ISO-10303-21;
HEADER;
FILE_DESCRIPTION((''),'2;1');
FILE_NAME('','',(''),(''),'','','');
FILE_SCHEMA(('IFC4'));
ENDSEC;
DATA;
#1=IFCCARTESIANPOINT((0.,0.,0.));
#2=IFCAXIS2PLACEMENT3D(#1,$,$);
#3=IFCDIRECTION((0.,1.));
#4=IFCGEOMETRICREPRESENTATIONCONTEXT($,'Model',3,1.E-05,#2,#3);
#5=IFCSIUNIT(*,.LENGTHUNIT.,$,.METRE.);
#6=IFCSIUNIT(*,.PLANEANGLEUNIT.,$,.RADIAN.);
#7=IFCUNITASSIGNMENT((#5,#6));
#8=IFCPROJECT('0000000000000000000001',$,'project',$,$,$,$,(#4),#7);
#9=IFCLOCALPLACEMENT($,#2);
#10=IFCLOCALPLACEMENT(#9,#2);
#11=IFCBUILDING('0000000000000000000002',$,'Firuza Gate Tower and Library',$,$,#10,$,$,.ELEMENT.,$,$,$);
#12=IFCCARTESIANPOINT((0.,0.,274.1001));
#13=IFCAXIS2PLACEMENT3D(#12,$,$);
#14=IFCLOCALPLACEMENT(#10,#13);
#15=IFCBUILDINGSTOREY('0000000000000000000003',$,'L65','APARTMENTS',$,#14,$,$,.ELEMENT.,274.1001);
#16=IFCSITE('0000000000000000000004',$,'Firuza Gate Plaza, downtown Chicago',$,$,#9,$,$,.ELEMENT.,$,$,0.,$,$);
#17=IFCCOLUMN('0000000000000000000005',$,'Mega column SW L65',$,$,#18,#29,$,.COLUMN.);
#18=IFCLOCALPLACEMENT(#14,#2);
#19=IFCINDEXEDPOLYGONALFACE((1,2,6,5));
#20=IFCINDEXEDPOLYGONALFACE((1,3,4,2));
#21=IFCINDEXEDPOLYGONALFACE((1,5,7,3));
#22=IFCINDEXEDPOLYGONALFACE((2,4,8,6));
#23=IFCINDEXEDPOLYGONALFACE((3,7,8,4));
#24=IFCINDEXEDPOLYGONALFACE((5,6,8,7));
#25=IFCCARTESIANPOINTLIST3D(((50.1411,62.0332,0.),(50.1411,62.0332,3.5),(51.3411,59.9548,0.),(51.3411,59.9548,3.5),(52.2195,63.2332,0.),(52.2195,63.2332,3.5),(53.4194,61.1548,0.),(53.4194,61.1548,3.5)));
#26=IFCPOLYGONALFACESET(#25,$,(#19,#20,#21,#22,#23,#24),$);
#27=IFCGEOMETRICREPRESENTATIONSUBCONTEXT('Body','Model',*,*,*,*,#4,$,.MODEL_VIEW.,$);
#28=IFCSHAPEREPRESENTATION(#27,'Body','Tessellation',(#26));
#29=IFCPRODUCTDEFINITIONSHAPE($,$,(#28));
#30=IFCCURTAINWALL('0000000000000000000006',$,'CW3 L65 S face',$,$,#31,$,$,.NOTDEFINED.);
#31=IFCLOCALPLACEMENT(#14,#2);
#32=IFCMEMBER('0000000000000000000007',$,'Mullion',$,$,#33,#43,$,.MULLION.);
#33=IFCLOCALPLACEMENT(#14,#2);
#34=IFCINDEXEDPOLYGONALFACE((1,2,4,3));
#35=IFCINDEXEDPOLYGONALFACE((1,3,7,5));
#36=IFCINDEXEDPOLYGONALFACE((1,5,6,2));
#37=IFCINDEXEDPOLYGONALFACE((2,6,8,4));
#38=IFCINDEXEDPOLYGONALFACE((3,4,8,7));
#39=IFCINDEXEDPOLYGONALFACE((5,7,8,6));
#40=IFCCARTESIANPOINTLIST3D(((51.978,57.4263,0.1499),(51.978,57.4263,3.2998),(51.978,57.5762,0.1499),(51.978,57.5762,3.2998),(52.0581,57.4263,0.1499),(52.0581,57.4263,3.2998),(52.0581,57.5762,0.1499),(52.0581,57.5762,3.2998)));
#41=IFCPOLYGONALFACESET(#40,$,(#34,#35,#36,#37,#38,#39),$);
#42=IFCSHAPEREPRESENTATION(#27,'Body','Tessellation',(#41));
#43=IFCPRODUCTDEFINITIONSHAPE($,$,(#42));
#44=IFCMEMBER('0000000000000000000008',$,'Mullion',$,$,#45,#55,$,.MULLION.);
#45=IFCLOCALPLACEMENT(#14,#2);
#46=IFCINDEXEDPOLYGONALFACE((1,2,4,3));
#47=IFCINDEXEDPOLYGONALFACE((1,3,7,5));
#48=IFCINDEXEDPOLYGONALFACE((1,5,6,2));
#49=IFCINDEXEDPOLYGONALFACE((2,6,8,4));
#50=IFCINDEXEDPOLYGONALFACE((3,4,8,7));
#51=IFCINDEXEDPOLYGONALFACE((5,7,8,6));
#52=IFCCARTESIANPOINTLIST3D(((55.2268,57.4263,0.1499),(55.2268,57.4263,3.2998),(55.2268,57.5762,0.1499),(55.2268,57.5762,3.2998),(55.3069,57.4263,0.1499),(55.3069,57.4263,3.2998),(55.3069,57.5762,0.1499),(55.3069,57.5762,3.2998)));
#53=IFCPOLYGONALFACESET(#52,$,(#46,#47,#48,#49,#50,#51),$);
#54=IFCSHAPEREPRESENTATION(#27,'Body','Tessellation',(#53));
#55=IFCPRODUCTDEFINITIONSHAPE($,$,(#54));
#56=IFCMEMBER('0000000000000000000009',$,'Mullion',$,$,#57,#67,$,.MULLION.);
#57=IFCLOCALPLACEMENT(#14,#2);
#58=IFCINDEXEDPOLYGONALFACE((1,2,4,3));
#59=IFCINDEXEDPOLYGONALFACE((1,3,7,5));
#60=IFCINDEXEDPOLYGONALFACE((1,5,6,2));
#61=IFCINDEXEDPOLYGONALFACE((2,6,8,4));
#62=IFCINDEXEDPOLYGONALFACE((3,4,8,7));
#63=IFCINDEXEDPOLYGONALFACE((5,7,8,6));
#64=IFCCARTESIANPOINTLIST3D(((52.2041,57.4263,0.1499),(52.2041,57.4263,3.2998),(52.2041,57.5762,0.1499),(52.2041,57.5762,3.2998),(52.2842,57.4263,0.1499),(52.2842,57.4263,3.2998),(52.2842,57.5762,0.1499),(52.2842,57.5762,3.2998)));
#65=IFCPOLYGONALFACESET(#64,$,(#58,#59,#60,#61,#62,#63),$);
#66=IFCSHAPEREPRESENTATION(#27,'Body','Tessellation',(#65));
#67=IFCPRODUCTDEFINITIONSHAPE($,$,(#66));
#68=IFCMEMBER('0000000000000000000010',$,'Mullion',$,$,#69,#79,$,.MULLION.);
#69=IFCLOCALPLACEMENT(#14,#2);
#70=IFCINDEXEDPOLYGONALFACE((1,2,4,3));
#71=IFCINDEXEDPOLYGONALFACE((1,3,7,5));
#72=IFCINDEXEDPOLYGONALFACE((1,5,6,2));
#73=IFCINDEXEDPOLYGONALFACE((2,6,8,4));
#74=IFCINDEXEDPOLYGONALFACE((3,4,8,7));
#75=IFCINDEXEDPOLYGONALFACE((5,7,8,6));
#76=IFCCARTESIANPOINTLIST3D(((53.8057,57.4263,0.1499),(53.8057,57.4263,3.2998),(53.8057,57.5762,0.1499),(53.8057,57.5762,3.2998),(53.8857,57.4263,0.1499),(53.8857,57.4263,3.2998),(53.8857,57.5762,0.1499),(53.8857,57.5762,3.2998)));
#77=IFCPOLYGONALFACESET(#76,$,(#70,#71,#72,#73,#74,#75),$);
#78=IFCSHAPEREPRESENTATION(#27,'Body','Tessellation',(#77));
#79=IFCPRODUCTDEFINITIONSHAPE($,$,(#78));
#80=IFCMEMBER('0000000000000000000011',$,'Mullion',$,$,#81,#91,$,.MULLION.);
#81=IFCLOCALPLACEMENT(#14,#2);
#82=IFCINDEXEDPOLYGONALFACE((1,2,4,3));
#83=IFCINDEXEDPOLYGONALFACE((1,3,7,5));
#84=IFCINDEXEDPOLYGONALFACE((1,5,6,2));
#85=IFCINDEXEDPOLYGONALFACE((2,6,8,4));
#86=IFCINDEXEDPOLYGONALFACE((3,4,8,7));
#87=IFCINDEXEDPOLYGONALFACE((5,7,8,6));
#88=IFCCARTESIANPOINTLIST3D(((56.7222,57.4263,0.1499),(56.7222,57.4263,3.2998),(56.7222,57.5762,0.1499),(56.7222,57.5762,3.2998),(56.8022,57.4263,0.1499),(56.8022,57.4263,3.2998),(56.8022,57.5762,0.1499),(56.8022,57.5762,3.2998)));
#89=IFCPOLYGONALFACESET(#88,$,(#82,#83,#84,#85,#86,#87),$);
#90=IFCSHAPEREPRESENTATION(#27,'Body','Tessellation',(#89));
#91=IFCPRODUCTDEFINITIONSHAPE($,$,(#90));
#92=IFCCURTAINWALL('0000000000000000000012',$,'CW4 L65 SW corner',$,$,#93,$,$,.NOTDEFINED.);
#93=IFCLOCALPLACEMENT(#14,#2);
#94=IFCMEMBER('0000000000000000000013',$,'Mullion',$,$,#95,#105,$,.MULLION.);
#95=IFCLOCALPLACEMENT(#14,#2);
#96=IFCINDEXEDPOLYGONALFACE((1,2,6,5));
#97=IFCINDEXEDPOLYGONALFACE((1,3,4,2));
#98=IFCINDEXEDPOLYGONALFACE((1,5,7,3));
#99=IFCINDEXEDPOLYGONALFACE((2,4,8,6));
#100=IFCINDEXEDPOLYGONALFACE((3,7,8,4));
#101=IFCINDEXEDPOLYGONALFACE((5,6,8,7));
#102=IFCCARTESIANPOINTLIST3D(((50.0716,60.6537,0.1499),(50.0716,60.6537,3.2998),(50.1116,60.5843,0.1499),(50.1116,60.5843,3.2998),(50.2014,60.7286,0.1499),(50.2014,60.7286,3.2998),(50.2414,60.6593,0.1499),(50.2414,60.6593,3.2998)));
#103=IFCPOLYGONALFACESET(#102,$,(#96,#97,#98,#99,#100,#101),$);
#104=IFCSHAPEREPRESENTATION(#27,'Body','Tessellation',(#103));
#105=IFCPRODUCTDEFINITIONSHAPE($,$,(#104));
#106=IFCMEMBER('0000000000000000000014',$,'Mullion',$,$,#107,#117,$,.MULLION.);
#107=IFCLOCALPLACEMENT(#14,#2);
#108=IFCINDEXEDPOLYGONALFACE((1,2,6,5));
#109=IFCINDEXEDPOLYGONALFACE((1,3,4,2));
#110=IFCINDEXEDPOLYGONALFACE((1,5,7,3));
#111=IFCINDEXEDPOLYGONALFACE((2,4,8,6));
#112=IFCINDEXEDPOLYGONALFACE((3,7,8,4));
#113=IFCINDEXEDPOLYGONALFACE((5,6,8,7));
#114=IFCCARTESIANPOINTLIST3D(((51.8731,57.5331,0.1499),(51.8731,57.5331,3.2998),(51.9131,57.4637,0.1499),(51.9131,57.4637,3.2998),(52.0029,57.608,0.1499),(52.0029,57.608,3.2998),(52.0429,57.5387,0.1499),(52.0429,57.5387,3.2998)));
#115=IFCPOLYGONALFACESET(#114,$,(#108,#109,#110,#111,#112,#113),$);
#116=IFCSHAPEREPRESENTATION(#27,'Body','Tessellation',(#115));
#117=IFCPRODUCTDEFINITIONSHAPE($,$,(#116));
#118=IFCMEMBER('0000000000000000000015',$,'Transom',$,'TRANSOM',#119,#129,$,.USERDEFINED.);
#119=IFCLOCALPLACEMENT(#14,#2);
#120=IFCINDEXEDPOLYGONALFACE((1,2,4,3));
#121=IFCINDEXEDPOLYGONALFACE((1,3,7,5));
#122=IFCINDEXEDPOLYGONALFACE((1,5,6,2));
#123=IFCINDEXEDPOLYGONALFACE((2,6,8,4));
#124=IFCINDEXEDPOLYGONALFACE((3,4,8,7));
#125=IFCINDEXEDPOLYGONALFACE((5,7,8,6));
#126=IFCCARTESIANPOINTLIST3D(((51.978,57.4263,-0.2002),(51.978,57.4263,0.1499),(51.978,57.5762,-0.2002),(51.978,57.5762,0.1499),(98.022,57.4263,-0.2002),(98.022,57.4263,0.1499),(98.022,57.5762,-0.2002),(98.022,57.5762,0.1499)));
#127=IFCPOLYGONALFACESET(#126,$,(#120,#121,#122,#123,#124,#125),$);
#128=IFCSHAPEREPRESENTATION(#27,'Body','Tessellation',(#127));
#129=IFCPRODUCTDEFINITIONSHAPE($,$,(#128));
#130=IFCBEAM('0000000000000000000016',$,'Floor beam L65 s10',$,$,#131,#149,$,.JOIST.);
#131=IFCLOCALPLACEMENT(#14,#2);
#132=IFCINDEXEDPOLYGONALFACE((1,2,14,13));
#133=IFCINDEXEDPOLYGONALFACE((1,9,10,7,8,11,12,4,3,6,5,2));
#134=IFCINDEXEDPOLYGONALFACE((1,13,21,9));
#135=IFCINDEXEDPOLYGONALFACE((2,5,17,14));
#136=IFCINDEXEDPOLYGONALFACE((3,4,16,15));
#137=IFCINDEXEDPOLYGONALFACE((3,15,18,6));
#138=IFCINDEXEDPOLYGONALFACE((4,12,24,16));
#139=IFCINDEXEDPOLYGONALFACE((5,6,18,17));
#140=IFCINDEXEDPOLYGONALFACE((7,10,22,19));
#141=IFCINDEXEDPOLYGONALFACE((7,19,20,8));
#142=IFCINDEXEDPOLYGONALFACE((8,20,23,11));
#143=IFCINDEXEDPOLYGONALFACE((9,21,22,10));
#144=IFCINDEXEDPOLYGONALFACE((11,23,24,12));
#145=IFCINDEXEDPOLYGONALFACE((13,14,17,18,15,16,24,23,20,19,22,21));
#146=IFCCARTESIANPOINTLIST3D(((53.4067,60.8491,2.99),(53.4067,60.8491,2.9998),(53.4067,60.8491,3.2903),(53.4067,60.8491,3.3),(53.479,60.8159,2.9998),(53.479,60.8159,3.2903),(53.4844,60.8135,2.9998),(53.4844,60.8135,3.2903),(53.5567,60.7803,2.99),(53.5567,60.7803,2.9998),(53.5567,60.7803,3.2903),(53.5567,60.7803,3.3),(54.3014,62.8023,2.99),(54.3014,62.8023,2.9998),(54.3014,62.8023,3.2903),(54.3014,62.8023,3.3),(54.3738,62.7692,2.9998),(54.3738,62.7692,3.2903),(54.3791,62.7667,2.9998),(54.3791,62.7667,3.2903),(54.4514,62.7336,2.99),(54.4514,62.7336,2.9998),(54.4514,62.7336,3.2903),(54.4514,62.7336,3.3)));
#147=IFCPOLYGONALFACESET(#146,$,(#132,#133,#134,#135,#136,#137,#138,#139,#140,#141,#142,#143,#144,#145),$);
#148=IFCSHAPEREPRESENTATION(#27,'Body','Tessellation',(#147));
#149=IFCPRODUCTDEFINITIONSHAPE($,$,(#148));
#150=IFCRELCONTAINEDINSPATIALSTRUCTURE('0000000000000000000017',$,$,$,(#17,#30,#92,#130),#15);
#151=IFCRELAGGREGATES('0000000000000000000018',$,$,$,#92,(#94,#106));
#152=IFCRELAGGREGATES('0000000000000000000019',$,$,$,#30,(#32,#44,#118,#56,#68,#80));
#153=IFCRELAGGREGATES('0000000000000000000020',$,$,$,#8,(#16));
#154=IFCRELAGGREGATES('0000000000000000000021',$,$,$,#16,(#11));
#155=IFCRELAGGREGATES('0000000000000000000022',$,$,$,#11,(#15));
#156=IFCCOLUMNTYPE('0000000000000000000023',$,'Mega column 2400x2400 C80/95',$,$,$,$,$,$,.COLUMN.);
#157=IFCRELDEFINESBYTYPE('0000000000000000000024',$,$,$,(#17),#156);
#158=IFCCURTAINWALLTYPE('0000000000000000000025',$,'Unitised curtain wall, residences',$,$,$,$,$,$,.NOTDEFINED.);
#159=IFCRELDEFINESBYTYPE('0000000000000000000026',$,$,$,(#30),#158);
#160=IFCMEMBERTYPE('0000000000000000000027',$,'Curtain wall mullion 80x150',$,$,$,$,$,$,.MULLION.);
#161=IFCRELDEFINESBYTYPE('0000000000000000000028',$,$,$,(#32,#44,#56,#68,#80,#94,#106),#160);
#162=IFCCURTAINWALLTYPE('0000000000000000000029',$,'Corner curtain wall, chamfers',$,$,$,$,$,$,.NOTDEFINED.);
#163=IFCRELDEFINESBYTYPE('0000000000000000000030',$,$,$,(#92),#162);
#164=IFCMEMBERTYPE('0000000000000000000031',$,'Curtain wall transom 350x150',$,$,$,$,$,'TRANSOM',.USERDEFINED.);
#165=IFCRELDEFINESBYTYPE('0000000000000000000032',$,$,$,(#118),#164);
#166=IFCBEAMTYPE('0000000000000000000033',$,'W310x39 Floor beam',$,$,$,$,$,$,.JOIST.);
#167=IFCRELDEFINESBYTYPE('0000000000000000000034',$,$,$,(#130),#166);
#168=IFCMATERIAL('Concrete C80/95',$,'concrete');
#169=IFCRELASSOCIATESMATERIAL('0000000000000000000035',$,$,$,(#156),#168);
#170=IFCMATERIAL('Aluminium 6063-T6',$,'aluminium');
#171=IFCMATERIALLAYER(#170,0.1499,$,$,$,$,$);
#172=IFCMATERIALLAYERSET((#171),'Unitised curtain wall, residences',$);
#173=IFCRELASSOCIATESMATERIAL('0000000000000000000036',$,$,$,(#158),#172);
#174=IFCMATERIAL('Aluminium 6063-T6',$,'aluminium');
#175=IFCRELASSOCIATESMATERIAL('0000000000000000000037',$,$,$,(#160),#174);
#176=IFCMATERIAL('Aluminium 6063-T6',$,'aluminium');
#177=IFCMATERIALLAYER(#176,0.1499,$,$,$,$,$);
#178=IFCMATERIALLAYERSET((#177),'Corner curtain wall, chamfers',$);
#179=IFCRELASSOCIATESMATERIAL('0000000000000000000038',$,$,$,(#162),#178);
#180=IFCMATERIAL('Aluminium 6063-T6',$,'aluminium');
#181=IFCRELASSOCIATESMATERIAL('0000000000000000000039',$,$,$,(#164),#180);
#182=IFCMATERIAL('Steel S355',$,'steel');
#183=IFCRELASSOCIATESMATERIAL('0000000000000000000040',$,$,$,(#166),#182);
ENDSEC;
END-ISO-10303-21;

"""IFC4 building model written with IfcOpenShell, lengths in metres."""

from ifc_helpers import new_model, si_unit, direction, frame, origin, origin_2d, place, context, subcontext, project, spatial, rectangle, i_section, extrude, material, layer, layer_set, material_profile, profile_set, type_object, element, aggregate, save


model = new_model("IFC4")

# Units and contexts
model_context = context("Model", 3, precision=1e-05, world=origin(), true_north=direction((0.0, 1.0)))
body_context = subcontext(model_context, "Body", "Model", "MODEL_VIEW")
ifc_project = project(units=[si_unit("LENGTHUNIT", "METRE"), si_unit("PLANEANGLEUNIT", "RADIAN")], contexts=[model_context])

# Site, building, storey
site_placement = place(None, origin())
site = spatial("IfcSite", under=ifc_project, at=site_placement, Name="Firuza Gate Plaza, downtown Chicago", CompositionType="ELEMENT", RefElevation=0.0)
building_placement = place(site_placement, origin())
building = spatial("IfcBuilding", under=site, at=building_placement, Name="Firuza Gate Tower and Library", CompositionType="ELEMENT")
storey_placement = place(building_placement, frame((0.0, 0.0, 274.1001)))
storey = spatial("IfcBuildingStorey", under=building, at=storey_placement, Name="L65", Description="APARTMENTS", CompositionType="ELEMENT", Elevation=274.1001)

# Column
ifc_material_1 = material(Name="Concrete C80/95", Category="concrete")
ifc_material_profile_1 = material_profile(ifc_material_1, rectangle(XDim=2.3999, YDim=2.3999, at=origin_2d()))
ifc_profile_set_1 = profile_set([ifc_material_profile_1], Name="Concrete C80/95")
column_type = type_object("IfcColumnType", Name="Mega column 2400x2400 C80/95", PredefinedType="COLUMN", material=ifc_profile_set_1)
column_placement = place(storey_placement, frame((51.7803, 61.594, 0.0), z_axis=(0.0, 0.0, 1.0), x_axis=(0.5, -0.866025, 0.0)))
element("IfcColumn", 1, at=column_placement, inside=storey, type_object=column_type, Name="Mega column SW L65", PredefinedType="COLUMN", context=body_context, shape_type="SweptSolid", body=[
    extrude(rectangle(XDim=2.3999, YDim=2.3999, at=origin_2d()), origin(), (0.0, 0.0, 1.0), 3.5),
])

# Curtain walls, members
ifc_material_2 = material(Name="Aluminium 6063-T6", Category="aluminium")
ifc_layer_1 = layer(ifc_material_2, 0.1499)
ifc_layer_set_1 = layer_set([ifc_layer_1], Name="Unitised curtain wall, residences")
curtain_wall_type_1 = type_object("IfcCurtainWallType", Name="Unitised curtain wall, residences", PredefinedType="NOTDEFINED", material=ifc_layer_set_1)
placement_1 = place(storey_placement, origin())
curtain_wall_1 = element("IfcCurtainWall", 2, at=placement_1, inside=storey, type_object=curtain_wall_type_1, Name="CW3 L65 S face", PredefinedType="NOTDEFINED")
ifc_material_3 = material(Name="Aluminium 6063-T6", Category="aluminium")
ifc_material_profile_2 = material_profile(ifc_material_3, rectangle(XDim=0.1499, YDim=0.0801, at=origin_2d()))
ifc_profile_set_2 = profile_set([ifc_material_profile_2], Name="Aluminium 6063-T6")
member_type_1 = type_object("IfcMemberType", Name="Curtain wall mullion 80x150", PredefinedType="MULLION", material=ifc_profile_set_2)
member_1_placement = place(storey_placement, frame((52.0181, 57.5012, 0.1499), z_axis=(0.0, 0.0, 1.0), x_axis=(0.0, 1.0, 0.0)))
member_1 = element("IfcMember", 3, at=member_1_placement, type_object=member_type_1, Name="Mullion", PredefinedType="MULLION", context=body_context, shape_type="SweptSolid", body=[
    extrude(rectangle(XDim=0.1499, YDim=0.0801, at=origin_2d()), origin(), (0.0, 0.0, 1.0), 3.1499),
])
member_2_placement = place(storey_placement, frame((55.2668, 57.5012, 0.1499), z_axis=(0.0, 0.0, 1.0), x_axis=(0.0, 1.0, 0.0)))
member_2 = element("IfcMember", 4, at=member_2_placement, type_object=member_type_1, Name="Mullion", PredefinedType="MULLION", context=body_context, shape_type="SweptSolid", body=[
    extrude(rectangle(XDim=0.1499, YDim=0.0801, at=origin_2d()), origin(), (0.0, 0.0, 1.0), 3.1499),
])
member_3_placement = place(storey_placement, frame((52.2441, 57.5012, 0.1499), z_axis=(0.0, 0.0, 1.0), x_axis=(0.0, 1.0, 0.0)))
member_3 = element("IfcMember", 5, at=member_3_placement, type_object=member_type_1, Name="Mullion", PredefinedType="MULLION", context=body_context, shape_type="SweptSolid", body=[
    extrude(rectangle(XDim=0.1499, YDim=0.0801, at=origin_2d()), origin(), (0.0, 0.0, 1.0), 3.1499),
])
member_4_placement = place(storey_placement, frame((53.8457, 57.5012, 0.1499), z_axis=(0.0, 0.0, 1.0), x_axis=(0.0, 1.0, 0.0)))
member_4 = element("IfcMember", 6, at=member_4_placement, type_object=member_type_1, Name="Mullion", PredefinedType="MULLION", context=body_context, shape_type="SweptSolid", body=[
    extrude(rectangle(XDim=0.1499, YDim=0.0801, at=origin_2d()), origin(), (0.0, 0.0, 1.0), 3.1499),
])
member_5_placement = place(storey_placement, frame((56.7622, 57.5012, 0.1499), z_axis=(0.0, 0.0, 1.0), x_axis=(0.0, 1.0, 0.0)))
member_5 = element("IfcMember", 7, at=member_5_placement, type_object=member_type_1, Name="Mullion", PredefinedType="MULLION", context=body_context, shape_type="SweptSolid", body=[
    extrude(rectangle(XDim=0.1499, YDim=0.0801, at=origin_2d()), origin(), (0.0, 0.0, 1.0), 3.1499),
])
ifc_material_4 = material(Name="Aluminium 6063-T6", Category="aluminium")
ifc_layer_2 = layer(ifc_material_4, 0.1499)
ifc_layer_set_2 = layer_set([ifc_layer_2], Name="Corner curtain wall, chamfers")
curtain_wall_type_2 = type_object("IfcCurtainWallType", Name="Corner curtain wall, chamfers", PredefinedType="NOTDEFINED", material=ifc_layer_set_2)
curtain_wall_2 = element("IfcCurtainWall", 8, at=placement_1, inside=storey, type_object=curtain_wall_type_2, Name="CW4 L65 SW corner", PredefinedType="NOTDEFINED")
member_6_placement = place(storey_placement, frame((50.1565, 60.6565, 0.1499), z_axis=(0.0, 0.0, 1.0), x_axis=(0.866025, 0.5, 0.0)))
member_6 = element("IfcMember", 9, at=member_6_placement, type_object=member_type_1, Name="Mullion", PredefinedType="MULLION", context=body_context, shape_type="SweptSolid", body=[
    extrude(rectangle(XDim=0.1499, YDim=0.0801, at=origin_2d()), origin(), (0.0, 0.0, 1.0), 3.1499),
])
member_7_placement = place(storey_placement, frame((51.958, 57.5359, 0.1499), z_axis=(0.0, 0.0, 1.0), x_axis=(0.866025, 0.5, 0.0)))
member_7 = element("IfcMember", 10, at=member_7_placement, type_object=member_type_1, Name="Mullion", PredefinedType="MULLION", context=body_context, shape_type="SweptSolid", body=[
    extrude(rectangle(XDim=0.1499, YDim=0.0801, at=origin_2d()), origin(), (0.0, 0.0, 1.0), 3.1499),
])

# Member
ifc_material_5 = material(Name="Aluminium 6063-T6", Category="aluminium")
ifc_material_profile_3 = material_profile(ifc_material_5, rectangle(XDim=0.1499, YDim=0.3501, at=origin_2d()))
ifc_profile_set_3 = profile_set([ifc_material_profile_3], Name="Aluminium 6063-T6")
member_type_2 = type_object("IfcMemberType", Name="Curtain wall transom 350x150", ElementType="TRANSOM", PredefinedType="USERDEFINED", material=ifc_profile_set_3)
member_8_placement = place(storey_placement, frame((51.978, 57.5012, -0.0251), z_axis=(1.0, 0.0, 0.0), x_axis=(0.0, 1.0, 0.0)))
member_8 = element("IfcMember", 11, at=member_8_placement, type_object=member_type_2, Name="Transom", ObjectType="TRANSOM", PredefinedType="USERDEFINED", context=body_context, shape_type="SweptSolid", body=[
    extrude(rectangle(XDim=0.1499, YDim=0.3501, at=origin_2d()), origin(), (0.0, 0.0, 1.0), 46.0439),
])

# Beam
ifc_material_6 = material(Name="Steel S355", Category="steel")
ifc_material_profile_4 = material_profile(ifc_material_6, i_section(OverallWidth=0.165, OverallDepth=0.3101, WebThickness=0.0059, FlangeThickness=0.0098, at=origin_2d()))
ifc_profile_set_4 = profile_set([ifc_material_profile_4], Name="Steel S355")
beam_type = type_object("IfcBeamType", Name="W310x39 Floor beam", PredefinedType="JOIST", material=ifc_profile_set_4)
beam_placement = place(storey_placement, frame((53.4817, 60.8147, 3.145), z_axis=(0.416455, 0.909156, 0.0), x_axis=(-0.909156, 0.416455, 0.0)))
element("IfcBeam", 12, at=beam_placement, inside=storey, type_object=beam_type, Name="Floor beam L65 s10", PredefinedType="JOIST", context=body_context, shape_type="SweptSolid", body=[
    extrude(i_section(OverallWidth=0.165, OverallDepth=0.3101, WebThickness=0.0059, FlangeThickness=0.0098, at=origin_2d()), origin(), (0.0, 0.0, 1.0), 2.1484),
])

aggregate(curtain_wall_2, [member_6, member_7])
aggregate(curtain_wall_1, [member_1, member_2, member_8, member_3, member_4, member_5])

save(model, "model.ifc")
